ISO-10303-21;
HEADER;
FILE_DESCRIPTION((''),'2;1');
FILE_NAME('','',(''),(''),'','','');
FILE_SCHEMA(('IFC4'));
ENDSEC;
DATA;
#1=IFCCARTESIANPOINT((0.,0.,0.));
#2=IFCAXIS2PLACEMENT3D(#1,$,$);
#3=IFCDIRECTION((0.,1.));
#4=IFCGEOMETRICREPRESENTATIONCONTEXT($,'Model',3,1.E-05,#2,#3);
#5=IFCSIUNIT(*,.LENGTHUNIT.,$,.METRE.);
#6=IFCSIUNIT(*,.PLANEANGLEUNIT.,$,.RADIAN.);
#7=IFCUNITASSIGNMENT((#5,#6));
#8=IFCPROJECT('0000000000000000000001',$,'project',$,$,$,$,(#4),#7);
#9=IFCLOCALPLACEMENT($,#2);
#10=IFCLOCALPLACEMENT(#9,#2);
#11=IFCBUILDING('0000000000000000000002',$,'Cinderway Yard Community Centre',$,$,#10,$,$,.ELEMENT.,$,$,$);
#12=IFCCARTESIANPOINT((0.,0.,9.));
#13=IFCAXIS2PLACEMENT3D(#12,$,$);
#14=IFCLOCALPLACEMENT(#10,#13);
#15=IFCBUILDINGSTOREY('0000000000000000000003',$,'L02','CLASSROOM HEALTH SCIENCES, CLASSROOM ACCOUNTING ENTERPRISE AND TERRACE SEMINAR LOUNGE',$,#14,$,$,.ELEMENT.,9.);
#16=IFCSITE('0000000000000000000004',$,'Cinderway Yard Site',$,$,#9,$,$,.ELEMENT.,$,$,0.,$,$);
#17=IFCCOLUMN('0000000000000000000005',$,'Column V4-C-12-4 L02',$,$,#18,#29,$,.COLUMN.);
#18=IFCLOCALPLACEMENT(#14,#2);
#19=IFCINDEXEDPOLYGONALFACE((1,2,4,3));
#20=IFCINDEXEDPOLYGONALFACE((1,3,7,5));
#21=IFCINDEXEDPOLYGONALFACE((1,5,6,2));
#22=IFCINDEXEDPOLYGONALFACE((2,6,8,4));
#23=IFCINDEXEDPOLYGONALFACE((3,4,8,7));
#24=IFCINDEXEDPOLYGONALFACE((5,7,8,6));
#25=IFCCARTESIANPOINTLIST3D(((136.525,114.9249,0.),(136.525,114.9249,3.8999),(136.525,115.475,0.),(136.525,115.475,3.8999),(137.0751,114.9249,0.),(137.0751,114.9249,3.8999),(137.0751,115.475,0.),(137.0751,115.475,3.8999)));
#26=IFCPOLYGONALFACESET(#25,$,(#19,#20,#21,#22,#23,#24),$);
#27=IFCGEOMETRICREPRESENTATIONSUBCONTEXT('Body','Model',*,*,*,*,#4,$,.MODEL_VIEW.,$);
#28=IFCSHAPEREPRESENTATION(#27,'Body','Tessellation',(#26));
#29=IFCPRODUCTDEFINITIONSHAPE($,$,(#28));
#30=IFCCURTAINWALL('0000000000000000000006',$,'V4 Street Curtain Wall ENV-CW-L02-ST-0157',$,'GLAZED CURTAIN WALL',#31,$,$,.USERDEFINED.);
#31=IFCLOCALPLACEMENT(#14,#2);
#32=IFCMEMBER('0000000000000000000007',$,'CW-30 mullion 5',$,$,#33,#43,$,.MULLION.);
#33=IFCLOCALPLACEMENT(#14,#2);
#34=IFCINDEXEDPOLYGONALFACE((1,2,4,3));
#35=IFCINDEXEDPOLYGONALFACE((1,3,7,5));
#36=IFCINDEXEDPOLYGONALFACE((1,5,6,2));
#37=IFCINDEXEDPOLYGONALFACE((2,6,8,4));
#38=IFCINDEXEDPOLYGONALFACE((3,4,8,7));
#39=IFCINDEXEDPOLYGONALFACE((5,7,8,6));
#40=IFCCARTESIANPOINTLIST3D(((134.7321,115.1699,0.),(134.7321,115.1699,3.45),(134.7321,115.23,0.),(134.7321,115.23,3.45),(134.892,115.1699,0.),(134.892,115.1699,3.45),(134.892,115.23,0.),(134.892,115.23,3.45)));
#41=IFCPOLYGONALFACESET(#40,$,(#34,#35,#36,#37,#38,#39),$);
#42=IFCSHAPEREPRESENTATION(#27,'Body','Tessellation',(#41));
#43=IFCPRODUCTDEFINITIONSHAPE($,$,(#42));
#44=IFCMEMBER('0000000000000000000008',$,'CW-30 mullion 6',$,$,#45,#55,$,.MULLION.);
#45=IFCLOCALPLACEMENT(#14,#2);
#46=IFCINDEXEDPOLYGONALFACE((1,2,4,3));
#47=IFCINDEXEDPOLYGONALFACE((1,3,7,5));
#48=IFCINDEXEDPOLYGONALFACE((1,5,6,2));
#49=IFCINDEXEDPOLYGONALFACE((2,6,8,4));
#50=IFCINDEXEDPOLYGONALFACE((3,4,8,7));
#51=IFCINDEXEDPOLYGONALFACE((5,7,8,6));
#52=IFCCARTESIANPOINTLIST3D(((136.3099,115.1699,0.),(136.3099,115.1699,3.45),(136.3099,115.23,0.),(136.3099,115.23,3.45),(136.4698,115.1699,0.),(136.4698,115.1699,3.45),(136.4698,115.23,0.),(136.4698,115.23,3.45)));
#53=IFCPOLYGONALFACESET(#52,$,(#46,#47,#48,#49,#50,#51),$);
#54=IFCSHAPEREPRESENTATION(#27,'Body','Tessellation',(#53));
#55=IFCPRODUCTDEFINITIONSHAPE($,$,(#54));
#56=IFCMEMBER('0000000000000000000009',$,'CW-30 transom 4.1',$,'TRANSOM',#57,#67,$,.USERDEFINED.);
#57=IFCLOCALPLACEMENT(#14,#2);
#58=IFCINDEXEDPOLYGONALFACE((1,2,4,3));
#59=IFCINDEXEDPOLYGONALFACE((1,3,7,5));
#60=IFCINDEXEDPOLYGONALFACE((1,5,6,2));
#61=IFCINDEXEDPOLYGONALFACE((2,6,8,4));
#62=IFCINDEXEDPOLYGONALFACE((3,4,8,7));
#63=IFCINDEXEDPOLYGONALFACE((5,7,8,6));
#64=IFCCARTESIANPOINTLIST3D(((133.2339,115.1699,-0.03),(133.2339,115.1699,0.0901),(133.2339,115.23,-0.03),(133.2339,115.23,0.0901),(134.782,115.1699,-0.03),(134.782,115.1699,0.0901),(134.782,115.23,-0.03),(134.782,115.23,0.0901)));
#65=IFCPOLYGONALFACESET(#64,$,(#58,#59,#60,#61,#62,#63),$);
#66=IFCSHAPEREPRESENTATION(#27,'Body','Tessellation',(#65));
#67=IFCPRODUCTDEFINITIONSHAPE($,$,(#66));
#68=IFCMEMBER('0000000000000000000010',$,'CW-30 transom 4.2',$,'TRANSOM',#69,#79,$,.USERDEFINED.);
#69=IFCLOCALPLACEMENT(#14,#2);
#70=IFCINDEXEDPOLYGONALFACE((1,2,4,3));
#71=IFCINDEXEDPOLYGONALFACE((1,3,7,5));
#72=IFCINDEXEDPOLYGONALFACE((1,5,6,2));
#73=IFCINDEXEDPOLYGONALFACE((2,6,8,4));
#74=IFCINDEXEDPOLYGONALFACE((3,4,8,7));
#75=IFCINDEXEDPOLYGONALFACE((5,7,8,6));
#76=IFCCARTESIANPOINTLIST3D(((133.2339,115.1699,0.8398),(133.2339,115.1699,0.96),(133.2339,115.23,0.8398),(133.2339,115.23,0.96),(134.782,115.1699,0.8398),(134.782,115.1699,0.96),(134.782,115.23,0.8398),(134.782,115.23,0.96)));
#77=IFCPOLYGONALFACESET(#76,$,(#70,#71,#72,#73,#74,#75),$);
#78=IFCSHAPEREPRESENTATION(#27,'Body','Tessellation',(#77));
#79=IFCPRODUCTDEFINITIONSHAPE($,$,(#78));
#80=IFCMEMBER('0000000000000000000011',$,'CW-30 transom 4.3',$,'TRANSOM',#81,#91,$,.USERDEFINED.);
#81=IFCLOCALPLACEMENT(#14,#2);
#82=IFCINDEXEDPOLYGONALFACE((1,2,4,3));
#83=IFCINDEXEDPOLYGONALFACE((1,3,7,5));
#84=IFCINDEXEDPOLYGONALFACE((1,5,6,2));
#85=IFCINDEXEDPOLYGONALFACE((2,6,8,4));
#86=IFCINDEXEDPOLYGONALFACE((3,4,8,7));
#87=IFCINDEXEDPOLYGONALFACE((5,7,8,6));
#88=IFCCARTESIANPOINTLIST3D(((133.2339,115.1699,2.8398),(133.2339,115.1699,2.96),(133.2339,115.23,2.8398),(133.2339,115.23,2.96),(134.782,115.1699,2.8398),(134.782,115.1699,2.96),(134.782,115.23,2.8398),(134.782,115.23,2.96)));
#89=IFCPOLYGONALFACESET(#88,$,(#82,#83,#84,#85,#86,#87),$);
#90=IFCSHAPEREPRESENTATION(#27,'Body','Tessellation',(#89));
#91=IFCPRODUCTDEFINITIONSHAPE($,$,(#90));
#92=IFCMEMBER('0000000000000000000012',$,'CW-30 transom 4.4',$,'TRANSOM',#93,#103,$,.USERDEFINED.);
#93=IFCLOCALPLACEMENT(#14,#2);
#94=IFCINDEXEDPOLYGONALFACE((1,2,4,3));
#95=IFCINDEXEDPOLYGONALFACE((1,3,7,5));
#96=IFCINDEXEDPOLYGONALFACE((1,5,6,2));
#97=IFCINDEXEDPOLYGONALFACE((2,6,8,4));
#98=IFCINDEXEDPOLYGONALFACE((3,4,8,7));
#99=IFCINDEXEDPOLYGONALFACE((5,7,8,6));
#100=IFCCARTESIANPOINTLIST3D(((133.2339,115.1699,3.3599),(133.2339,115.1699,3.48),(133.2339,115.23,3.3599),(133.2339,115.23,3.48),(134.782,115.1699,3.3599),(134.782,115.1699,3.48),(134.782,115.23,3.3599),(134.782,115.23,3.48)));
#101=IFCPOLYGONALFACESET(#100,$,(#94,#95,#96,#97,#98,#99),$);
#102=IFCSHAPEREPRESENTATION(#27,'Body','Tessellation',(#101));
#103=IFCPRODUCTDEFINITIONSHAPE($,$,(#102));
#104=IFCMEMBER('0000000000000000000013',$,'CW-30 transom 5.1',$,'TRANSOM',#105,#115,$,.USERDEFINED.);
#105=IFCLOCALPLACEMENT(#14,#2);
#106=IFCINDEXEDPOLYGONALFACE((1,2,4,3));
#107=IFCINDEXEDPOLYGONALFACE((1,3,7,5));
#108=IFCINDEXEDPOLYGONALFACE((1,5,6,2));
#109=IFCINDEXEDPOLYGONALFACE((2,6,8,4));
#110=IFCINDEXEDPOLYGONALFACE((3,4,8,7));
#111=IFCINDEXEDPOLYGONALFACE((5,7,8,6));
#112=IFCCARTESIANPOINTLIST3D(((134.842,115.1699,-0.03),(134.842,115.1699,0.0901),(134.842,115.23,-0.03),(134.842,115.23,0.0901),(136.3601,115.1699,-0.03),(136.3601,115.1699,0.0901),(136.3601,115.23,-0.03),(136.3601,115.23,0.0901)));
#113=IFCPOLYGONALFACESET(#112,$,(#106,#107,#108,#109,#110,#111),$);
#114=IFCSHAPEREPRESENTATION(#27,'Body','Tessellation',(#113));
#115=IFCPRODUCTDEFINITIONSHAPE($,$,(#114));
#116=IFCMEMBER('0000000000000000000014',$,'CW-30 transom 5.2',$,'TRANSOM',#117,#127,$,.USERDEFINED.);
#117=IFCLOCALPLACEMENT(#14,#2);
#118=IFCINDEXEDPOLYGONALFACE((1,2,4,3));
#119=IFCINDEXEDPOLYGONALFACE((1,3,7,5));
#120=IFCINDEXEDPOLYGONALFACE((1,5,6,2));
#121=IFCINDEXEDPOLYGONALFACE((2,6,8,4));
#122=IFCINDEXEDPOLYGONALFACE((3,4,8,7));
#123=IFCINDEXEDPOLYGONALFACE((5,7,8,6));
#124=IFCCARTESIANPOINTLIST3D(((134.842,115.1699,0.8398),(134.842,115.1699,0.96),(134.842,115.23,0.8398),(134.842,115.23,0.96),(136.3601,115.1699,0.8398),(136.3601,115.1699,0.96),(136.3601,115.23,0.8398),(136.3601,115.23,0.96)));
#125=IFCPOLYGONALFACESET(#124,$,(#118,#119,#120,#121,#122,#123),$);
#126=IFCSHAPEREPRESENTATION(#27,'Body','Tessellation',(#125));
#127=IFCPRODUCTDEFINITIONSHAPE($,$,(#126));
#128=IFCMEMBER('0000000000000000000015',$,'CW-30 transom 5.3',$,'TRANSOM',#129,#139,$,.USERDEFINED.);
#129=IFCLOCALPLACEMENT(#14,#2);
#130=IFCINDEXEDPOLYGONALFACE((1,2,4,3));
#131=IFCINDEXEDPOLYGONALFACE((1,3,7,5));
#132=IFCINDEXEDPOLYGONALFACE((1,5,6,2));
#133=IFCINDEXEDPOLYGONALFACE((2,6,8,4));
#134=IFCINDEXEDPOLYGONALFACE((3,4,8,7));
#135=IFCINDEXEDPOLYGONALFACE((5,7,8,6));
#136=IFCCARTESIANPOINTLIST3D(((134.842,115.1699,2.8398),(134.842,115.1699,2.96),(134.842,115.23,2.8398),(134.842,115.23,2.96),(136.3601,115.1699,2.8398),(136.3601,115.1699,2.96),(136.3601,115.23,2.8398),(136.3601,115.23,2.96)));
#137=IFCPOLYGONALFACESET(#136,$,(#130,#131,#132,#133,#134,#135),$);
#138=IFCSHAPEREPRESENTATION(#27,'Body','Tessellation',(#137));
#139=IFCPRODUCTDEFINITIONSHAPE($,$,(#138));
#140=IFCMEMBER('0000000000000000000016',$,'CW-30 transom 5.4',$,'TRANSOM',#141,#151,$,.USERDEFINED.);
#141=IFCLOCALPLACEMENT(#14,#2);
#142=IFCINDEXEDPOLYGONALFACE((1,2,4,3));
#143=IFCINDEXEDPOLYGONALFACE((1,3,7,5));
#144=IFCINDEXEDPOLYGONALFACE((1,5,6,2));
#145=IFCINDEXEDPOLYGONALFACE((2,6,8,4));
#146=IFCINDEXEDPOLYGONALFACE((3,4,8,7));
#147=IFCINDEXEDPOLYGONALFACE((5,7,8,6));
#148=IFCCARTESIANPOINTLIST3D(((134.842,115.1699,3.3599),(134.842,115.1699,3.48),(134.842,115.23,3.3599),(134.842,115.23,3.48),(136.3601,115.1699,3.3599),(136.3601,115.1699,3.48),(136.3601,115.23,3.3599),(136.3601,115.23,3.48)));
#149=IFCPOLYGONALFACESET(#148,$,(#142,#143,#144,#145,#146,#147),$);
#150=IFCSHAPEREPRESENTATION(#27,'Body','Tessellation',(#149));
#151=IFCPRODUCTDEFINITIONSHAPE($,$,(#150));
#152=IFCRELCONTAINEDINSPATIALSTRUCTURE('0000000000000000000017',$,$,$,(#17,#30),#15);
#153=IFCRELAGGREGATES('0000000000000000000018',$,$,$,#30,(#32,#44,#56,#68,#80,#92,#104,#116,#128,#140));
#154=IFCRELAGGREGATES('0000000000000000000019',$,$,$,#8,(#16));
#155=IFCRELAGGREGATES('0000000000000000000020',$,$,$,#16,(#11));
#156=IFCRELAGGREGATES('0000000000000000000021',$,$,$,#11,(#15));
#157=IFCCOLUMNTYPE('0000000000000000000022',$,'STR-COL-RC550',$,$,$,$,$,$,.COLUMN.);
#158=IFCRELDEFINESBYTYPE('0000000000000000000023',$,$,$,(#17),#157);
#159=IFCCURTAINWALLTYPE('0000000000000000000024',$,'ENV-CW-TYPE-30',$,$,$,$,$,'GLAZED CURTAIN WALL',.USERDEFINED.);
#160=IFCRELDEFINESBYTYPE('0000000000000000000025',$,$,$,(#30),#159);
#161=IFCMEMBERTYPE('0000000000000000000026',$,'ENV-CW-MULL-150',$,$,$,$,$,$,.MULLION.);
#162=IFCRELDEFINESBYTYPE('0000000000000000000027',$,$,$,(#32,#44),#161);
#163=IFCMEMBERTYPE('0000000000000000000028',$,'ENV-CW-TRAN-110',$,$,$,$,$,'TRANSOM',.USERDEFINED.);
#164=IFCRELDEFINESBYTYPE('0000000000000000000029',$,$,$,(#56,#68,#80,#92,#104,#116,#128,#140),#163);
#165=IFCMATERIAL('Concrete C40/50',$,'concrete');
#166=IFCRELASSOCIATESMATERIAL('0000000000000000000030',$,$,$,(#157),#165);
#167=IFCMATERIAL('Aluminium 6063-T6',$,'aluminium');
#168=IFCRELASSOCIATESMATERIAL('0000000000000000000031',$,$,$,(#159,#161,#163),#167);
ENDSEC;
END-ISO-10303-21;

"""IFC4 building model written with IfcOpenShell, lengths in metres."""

from ifc_helpers import new_model, si_unit, direction, frame, origin, origin_2d, place, context, subcontext, project, spatial, rectangle, extrude, material, material_profile, profile_set, type_object, element, aggregate, save


model = new_model("IFC4")

# Units and contexts
model_context = context("Model", 3, precision=1e-05, world=origin(), true_north=direction((0.0, 1.0)))
body_context = subcontext(model_context, "Body", "Model", "MODEL_VIEW")
ifc_project = project(units=[si_unit("LENGTHUNIT", "METRE"), si_unit("PLANEANGLEUNIT", "RADIAN")], contexts=[model_context])

# Site, building, storey
site_placement = place(None, origin())
site = spatial("IfcSite", under=ifc_project, at=site_placement, Name="Cinderway Yard Site", CompositionType="ELEMENT", RefElevation=0.0)
building_placement = place(site_placement, origin())
building = spatial("IfcBuilding", under=site, at=building_placement, Name="Cinderway Yard Community Centre", CompositionType="ELEMENT")
storey_placement = place(building_placement, frame((0.0, 0.0, 9.0)))
storey = spatial("IfcBuildingStorey", under=building, at=storey_placement, Name="L02", Description="CLASSROOM HEALTH SCIENCES, CLASSROOM ACCOUNTING ENTERPRISE AND TERRACE SEMINAR LOUNGE", CompositionType="ELEMENT", Elevation=9.0)

# Column
ifc_material_1 = material(Name="Concrete C40/50", Category="concrete")
ifc_material_profile_1 = material_profile(ifc_material_1, rectangle(XDim=0.55, YDim=0.55, at=origin_2d()), Name="Concrete C40/50")
ifc_profile_set_1 = profile_set([ifc_material_profile_1], Name="Concrete C40/50")
column_type = type_object("IfcColumnType", Name="STR-COL-RC550", PredefinedType="COLUMN", material=ifc_profile_set_1)
column_placement = place(storey_placement, frame((136.8, 115.2, 0.0), z_axis=(0.0, 0.0, 1.0), x_axis=(1.0, 0.0, 0.0)))
element("IfcColumn", 1, at=column_placement, inside=storey, type_object=column_type, Name="Column V4-C-12-4 L02", PredefinedType="COLUMN", context=body_context, shape_type="SweptSolid", body=[
    extrude(rectangle(XDim=0.55, YDim=0.55, at=origin_2d()), origin(), (0.0, 0.0, 1.0), 3.8999),
])

# Curtain wall, members
ifc_material_2 = material(Name="Aluminium 6063-T6", Category="aluminium")
curtain_wall_type = type_object("IfcCurtainWallType", Name="ENV-CW-TYPE-30", ElementType="GLAZED CURTAIN WALL", PredefinedType="USERDEFINED", material=ifc_material_2)
curtain_wall_placement = place(storey_placement, origin())
curtain_wall = element("IfcCurtainWall", 2, at=curtain_wall_placement, inside=storey, type_object=curtain_wall_type, Name="V4 Street Curtain Wall ENV-CW-L02-ST-0157", ObjectType="GLAZED CURTAIN WALL", PredefinedType="USERDEFINED")
ifc_material_profile_2 = material_profile(ifc_material_2, rectangle(XDim=0.0601, YDim=0.1599, at=origin_2d()), Name="Aluminium 6063-T6")
ifc_profile_set_2 = profile_set([ifc_material_profile_2], Name="Aluminium 6063-T6")
member_type_1 = type_object("IfcMemberType", Name="ENV-CW-MULL-150", PredefinedType="MULLION", material=ifc_profile_set_2)
member_1_placement = place(storey_placement, frame((134.812, 115.2, 0.0), z_axis=(0.0, 0.0, 1.0), x_axis=(0.0, 1.0, 0.0)))
member_1 = element("IfcMember", 3, at=member_1_placement, type_object=member_type_1, Name="CW-30 mullion 5", PredefinedType="MULLION", context=body_context, shape_type="SweptSolid", body=[
    extrude(rectangle(XDim=0.0601, YDim=0.1599, at=origin_2d()), origin(), (0.0, 0.0, 1.0), 3.45),
])
member_2_placement = place(storey_placement, frame((136.3899, 115.2, 0.0), z_axis=(0.0, 0.0, 1.0), x_axis=(0.0, 1.0, 0.0)))
member_2 = element("IfcMember", 4, at=member_2_placement, type_object=member_type_1, Name="CW-30 mullion 6", PredefinedType="MULLION", context=body_context, shape_type="SweptSolid", body=[
    extrude(rectangle(XDim=0.0601, YDim=0.1599, at=origin_2d()), origin(), (0.0, 0.0, 1.0), 3.45),
])
ifc_material_profile_3 = material_profile(ifc_material_2, rectangle(XDim=0.0601, YDim=0.1201, at=origin_2d()), Name="Aluminium 6063-T6")
ifc_profile_set_3 = profile_set([ifc_material_profile_3], Name="Aluminium 6063-T6")
member_type_2 = type_object("IfcMemberType", Name="ENV-CW-TRAN-110", ElementType="TRANSOM", PredefinedType="USERDEFINED", material=ifc_profile_set_3)
member_3_placement = place(storey_placement, frame((133.2339, 115.2, 0.03), z_axis=(1.0, 0.0, 0.0), x_axis=(0.0, 1.0, 0.0)))
member_3 = element("IfcMember", 5, at=member_3_placement, type_object=member_type_2, Name="CW-30 transom 4.1", ObjectType="TRANSOM", PredefinedType="USERDEFINED", context=body_context, shape_type="SweptSolid", body=[
    extrude(rectangle(XDim=0.0601, YDim=0.1201, at=origin_2d()), origin(), (0.0, 0.0, 1.0), 1.5481),
])
member_4_placement = place(storey_placement, frame((133.2339, 115.2, 0.8999), z_axis=(1.0, 0.0, 0.0), x_axis=(0.0, 1.0, 0.0)))
member_4 = element("IfcMember", 6, at=member_4_placement, type_object=member_type_2, Name="CW-30 transom 4.2", ObjectType="TRANSOM", PredefinedType="USERDEFINED", context=body_context, shape_type="SweptSolid", body=[
    extrude(rectangle(XDim=0.0601, YDim=0.1201, at=origin_2d()), origin(), (0.0, 0.0, 1.0), 1.5481),
])
member_5_placement = place(storey_placement, frame((133.2339, 115.2, 2.8999), z_axis=(1.0, 0.0, 0.0), x_axis=(0.0, 1.0, 0.0)))
member_5 = element("IfcMember", 7, at=member_5_placement, type_object=member_type_2, Name="CW-30 transom 4.3", ObjectType="TRANSOM", PredefinedType="USERDEFINED", context=body_context, shape_type="SweptSolid", body=[
    extrude(rectangle(XDim=0.0601, YDim=0.1201, at=origin_2d()), origin(), (0.0, 0.0, 1.0), 1.5481),
])
member_6_placement = place(storey_placement, frame((133.2339, 115.2, 3.4199), z_axis=(1.0, 0.0, 0.0), x_axis=(0.0, 1.0, 0.0)))
member_6 = element("IfcMember", 8, at=member_6_placement, type_object=member_type_2, Name="CW-30 transom 4.4", ObjectType="TRANSOM", PredefinedType="USERDEFINED", context=body_context, shape_type="SweptSolid", body=[
    extrude(rectangle(XDim=0.0601, YDim=0.1201, at=origin_2d()), origin(), (0.0, 0.0, 1.0), 1.5481),
])
member_7_placement = place(storey_placement, frame((134.842, 115.2, 0.03), z_axis=(1.0, 0.0, 0.0), x_axis=(0.0, 1.0, 0.0)))
member_7 = element("IfcMember", 9, at=member_7_placement, type_object=member_type_2, Name="CW-30 transom 5.1", ObjectType="TRANSOM", PredefinedType="USERDEFINED", context=body_context, shape_type="SweptSolid", body=[
    extrude(rectangle(XDim=0.0601, YDim=0.1201, at=origin_2d()), origin(), (0.0, 0.0, 1.0), 1.5181),
])
member_8_placement = place(storey_placement, frame((134.842, 115.2, 0.8999), z_axis=(1.0, 0.0, 0.0), x_axis=(0.0, 1.0, 0.0)))
member_8 = element("IfcMember", 10, at=member_8_placement, type_object=member_type_2, Name="CW-30 transom 5.2", ObjectType="TRANSOM", PredefinedType="USERDEFINED", context=body_context, shape_type="SweptSolid", body=[
    extrude(rectangle(XDim=0.0601, YDim=0.1201, at=origin_2d()), origin(), (0.0, 0.0, 1.0), 1.5181),
])
member_9_placement = place(storey_placement, frame((134.842, 115.2, 2.8999), z_axis=(1.0, 0.0, 0.0), x_axis=(0.0, 1.0, 0.0)))
member_9 = element("IfcMember", 11, at=member_9_placement, type_object=member_type_2, Name="CW-30 transom 5.3", ObjectType="TRANSOM", PredefinedType="USERDEFINED", context=body_context, shape_type="SweptSolid", body=[
    extrude(rectangle(XDim=0.0601, YDim=0.1201, at=origin_2d()), origin(), (0.0, 0.0, 1.0), 1.5181),
])
member_10_placement = place(storey_placement, frame((134.842, 115.2, 3.4199), z_axis=(1.0, 0.0, 0.0), x_axis=(0.0, 1.0, 0.0)))
member_10 = element("IfcMember", 12, at=member_10_placement, type_object=member_type_2, Name="CW-30 transom 5.4", ObjectType="TRANSOM", PredefinedType="USERDEFINED", context=body_context, shape_type="SweptSolid", body=[
    extrude(rectangle(XDim=0.0601, YDim=0.1201, at=origin_2d()), origin(), (0.0, 0.0, 1.0), 1.5181),
])

aggregate(curtain_wall, [member_1, member_2, member_3, member_4, member_5, member_6, member_7, member_8, member_9, member_10])

save(model, "model.ifc")
